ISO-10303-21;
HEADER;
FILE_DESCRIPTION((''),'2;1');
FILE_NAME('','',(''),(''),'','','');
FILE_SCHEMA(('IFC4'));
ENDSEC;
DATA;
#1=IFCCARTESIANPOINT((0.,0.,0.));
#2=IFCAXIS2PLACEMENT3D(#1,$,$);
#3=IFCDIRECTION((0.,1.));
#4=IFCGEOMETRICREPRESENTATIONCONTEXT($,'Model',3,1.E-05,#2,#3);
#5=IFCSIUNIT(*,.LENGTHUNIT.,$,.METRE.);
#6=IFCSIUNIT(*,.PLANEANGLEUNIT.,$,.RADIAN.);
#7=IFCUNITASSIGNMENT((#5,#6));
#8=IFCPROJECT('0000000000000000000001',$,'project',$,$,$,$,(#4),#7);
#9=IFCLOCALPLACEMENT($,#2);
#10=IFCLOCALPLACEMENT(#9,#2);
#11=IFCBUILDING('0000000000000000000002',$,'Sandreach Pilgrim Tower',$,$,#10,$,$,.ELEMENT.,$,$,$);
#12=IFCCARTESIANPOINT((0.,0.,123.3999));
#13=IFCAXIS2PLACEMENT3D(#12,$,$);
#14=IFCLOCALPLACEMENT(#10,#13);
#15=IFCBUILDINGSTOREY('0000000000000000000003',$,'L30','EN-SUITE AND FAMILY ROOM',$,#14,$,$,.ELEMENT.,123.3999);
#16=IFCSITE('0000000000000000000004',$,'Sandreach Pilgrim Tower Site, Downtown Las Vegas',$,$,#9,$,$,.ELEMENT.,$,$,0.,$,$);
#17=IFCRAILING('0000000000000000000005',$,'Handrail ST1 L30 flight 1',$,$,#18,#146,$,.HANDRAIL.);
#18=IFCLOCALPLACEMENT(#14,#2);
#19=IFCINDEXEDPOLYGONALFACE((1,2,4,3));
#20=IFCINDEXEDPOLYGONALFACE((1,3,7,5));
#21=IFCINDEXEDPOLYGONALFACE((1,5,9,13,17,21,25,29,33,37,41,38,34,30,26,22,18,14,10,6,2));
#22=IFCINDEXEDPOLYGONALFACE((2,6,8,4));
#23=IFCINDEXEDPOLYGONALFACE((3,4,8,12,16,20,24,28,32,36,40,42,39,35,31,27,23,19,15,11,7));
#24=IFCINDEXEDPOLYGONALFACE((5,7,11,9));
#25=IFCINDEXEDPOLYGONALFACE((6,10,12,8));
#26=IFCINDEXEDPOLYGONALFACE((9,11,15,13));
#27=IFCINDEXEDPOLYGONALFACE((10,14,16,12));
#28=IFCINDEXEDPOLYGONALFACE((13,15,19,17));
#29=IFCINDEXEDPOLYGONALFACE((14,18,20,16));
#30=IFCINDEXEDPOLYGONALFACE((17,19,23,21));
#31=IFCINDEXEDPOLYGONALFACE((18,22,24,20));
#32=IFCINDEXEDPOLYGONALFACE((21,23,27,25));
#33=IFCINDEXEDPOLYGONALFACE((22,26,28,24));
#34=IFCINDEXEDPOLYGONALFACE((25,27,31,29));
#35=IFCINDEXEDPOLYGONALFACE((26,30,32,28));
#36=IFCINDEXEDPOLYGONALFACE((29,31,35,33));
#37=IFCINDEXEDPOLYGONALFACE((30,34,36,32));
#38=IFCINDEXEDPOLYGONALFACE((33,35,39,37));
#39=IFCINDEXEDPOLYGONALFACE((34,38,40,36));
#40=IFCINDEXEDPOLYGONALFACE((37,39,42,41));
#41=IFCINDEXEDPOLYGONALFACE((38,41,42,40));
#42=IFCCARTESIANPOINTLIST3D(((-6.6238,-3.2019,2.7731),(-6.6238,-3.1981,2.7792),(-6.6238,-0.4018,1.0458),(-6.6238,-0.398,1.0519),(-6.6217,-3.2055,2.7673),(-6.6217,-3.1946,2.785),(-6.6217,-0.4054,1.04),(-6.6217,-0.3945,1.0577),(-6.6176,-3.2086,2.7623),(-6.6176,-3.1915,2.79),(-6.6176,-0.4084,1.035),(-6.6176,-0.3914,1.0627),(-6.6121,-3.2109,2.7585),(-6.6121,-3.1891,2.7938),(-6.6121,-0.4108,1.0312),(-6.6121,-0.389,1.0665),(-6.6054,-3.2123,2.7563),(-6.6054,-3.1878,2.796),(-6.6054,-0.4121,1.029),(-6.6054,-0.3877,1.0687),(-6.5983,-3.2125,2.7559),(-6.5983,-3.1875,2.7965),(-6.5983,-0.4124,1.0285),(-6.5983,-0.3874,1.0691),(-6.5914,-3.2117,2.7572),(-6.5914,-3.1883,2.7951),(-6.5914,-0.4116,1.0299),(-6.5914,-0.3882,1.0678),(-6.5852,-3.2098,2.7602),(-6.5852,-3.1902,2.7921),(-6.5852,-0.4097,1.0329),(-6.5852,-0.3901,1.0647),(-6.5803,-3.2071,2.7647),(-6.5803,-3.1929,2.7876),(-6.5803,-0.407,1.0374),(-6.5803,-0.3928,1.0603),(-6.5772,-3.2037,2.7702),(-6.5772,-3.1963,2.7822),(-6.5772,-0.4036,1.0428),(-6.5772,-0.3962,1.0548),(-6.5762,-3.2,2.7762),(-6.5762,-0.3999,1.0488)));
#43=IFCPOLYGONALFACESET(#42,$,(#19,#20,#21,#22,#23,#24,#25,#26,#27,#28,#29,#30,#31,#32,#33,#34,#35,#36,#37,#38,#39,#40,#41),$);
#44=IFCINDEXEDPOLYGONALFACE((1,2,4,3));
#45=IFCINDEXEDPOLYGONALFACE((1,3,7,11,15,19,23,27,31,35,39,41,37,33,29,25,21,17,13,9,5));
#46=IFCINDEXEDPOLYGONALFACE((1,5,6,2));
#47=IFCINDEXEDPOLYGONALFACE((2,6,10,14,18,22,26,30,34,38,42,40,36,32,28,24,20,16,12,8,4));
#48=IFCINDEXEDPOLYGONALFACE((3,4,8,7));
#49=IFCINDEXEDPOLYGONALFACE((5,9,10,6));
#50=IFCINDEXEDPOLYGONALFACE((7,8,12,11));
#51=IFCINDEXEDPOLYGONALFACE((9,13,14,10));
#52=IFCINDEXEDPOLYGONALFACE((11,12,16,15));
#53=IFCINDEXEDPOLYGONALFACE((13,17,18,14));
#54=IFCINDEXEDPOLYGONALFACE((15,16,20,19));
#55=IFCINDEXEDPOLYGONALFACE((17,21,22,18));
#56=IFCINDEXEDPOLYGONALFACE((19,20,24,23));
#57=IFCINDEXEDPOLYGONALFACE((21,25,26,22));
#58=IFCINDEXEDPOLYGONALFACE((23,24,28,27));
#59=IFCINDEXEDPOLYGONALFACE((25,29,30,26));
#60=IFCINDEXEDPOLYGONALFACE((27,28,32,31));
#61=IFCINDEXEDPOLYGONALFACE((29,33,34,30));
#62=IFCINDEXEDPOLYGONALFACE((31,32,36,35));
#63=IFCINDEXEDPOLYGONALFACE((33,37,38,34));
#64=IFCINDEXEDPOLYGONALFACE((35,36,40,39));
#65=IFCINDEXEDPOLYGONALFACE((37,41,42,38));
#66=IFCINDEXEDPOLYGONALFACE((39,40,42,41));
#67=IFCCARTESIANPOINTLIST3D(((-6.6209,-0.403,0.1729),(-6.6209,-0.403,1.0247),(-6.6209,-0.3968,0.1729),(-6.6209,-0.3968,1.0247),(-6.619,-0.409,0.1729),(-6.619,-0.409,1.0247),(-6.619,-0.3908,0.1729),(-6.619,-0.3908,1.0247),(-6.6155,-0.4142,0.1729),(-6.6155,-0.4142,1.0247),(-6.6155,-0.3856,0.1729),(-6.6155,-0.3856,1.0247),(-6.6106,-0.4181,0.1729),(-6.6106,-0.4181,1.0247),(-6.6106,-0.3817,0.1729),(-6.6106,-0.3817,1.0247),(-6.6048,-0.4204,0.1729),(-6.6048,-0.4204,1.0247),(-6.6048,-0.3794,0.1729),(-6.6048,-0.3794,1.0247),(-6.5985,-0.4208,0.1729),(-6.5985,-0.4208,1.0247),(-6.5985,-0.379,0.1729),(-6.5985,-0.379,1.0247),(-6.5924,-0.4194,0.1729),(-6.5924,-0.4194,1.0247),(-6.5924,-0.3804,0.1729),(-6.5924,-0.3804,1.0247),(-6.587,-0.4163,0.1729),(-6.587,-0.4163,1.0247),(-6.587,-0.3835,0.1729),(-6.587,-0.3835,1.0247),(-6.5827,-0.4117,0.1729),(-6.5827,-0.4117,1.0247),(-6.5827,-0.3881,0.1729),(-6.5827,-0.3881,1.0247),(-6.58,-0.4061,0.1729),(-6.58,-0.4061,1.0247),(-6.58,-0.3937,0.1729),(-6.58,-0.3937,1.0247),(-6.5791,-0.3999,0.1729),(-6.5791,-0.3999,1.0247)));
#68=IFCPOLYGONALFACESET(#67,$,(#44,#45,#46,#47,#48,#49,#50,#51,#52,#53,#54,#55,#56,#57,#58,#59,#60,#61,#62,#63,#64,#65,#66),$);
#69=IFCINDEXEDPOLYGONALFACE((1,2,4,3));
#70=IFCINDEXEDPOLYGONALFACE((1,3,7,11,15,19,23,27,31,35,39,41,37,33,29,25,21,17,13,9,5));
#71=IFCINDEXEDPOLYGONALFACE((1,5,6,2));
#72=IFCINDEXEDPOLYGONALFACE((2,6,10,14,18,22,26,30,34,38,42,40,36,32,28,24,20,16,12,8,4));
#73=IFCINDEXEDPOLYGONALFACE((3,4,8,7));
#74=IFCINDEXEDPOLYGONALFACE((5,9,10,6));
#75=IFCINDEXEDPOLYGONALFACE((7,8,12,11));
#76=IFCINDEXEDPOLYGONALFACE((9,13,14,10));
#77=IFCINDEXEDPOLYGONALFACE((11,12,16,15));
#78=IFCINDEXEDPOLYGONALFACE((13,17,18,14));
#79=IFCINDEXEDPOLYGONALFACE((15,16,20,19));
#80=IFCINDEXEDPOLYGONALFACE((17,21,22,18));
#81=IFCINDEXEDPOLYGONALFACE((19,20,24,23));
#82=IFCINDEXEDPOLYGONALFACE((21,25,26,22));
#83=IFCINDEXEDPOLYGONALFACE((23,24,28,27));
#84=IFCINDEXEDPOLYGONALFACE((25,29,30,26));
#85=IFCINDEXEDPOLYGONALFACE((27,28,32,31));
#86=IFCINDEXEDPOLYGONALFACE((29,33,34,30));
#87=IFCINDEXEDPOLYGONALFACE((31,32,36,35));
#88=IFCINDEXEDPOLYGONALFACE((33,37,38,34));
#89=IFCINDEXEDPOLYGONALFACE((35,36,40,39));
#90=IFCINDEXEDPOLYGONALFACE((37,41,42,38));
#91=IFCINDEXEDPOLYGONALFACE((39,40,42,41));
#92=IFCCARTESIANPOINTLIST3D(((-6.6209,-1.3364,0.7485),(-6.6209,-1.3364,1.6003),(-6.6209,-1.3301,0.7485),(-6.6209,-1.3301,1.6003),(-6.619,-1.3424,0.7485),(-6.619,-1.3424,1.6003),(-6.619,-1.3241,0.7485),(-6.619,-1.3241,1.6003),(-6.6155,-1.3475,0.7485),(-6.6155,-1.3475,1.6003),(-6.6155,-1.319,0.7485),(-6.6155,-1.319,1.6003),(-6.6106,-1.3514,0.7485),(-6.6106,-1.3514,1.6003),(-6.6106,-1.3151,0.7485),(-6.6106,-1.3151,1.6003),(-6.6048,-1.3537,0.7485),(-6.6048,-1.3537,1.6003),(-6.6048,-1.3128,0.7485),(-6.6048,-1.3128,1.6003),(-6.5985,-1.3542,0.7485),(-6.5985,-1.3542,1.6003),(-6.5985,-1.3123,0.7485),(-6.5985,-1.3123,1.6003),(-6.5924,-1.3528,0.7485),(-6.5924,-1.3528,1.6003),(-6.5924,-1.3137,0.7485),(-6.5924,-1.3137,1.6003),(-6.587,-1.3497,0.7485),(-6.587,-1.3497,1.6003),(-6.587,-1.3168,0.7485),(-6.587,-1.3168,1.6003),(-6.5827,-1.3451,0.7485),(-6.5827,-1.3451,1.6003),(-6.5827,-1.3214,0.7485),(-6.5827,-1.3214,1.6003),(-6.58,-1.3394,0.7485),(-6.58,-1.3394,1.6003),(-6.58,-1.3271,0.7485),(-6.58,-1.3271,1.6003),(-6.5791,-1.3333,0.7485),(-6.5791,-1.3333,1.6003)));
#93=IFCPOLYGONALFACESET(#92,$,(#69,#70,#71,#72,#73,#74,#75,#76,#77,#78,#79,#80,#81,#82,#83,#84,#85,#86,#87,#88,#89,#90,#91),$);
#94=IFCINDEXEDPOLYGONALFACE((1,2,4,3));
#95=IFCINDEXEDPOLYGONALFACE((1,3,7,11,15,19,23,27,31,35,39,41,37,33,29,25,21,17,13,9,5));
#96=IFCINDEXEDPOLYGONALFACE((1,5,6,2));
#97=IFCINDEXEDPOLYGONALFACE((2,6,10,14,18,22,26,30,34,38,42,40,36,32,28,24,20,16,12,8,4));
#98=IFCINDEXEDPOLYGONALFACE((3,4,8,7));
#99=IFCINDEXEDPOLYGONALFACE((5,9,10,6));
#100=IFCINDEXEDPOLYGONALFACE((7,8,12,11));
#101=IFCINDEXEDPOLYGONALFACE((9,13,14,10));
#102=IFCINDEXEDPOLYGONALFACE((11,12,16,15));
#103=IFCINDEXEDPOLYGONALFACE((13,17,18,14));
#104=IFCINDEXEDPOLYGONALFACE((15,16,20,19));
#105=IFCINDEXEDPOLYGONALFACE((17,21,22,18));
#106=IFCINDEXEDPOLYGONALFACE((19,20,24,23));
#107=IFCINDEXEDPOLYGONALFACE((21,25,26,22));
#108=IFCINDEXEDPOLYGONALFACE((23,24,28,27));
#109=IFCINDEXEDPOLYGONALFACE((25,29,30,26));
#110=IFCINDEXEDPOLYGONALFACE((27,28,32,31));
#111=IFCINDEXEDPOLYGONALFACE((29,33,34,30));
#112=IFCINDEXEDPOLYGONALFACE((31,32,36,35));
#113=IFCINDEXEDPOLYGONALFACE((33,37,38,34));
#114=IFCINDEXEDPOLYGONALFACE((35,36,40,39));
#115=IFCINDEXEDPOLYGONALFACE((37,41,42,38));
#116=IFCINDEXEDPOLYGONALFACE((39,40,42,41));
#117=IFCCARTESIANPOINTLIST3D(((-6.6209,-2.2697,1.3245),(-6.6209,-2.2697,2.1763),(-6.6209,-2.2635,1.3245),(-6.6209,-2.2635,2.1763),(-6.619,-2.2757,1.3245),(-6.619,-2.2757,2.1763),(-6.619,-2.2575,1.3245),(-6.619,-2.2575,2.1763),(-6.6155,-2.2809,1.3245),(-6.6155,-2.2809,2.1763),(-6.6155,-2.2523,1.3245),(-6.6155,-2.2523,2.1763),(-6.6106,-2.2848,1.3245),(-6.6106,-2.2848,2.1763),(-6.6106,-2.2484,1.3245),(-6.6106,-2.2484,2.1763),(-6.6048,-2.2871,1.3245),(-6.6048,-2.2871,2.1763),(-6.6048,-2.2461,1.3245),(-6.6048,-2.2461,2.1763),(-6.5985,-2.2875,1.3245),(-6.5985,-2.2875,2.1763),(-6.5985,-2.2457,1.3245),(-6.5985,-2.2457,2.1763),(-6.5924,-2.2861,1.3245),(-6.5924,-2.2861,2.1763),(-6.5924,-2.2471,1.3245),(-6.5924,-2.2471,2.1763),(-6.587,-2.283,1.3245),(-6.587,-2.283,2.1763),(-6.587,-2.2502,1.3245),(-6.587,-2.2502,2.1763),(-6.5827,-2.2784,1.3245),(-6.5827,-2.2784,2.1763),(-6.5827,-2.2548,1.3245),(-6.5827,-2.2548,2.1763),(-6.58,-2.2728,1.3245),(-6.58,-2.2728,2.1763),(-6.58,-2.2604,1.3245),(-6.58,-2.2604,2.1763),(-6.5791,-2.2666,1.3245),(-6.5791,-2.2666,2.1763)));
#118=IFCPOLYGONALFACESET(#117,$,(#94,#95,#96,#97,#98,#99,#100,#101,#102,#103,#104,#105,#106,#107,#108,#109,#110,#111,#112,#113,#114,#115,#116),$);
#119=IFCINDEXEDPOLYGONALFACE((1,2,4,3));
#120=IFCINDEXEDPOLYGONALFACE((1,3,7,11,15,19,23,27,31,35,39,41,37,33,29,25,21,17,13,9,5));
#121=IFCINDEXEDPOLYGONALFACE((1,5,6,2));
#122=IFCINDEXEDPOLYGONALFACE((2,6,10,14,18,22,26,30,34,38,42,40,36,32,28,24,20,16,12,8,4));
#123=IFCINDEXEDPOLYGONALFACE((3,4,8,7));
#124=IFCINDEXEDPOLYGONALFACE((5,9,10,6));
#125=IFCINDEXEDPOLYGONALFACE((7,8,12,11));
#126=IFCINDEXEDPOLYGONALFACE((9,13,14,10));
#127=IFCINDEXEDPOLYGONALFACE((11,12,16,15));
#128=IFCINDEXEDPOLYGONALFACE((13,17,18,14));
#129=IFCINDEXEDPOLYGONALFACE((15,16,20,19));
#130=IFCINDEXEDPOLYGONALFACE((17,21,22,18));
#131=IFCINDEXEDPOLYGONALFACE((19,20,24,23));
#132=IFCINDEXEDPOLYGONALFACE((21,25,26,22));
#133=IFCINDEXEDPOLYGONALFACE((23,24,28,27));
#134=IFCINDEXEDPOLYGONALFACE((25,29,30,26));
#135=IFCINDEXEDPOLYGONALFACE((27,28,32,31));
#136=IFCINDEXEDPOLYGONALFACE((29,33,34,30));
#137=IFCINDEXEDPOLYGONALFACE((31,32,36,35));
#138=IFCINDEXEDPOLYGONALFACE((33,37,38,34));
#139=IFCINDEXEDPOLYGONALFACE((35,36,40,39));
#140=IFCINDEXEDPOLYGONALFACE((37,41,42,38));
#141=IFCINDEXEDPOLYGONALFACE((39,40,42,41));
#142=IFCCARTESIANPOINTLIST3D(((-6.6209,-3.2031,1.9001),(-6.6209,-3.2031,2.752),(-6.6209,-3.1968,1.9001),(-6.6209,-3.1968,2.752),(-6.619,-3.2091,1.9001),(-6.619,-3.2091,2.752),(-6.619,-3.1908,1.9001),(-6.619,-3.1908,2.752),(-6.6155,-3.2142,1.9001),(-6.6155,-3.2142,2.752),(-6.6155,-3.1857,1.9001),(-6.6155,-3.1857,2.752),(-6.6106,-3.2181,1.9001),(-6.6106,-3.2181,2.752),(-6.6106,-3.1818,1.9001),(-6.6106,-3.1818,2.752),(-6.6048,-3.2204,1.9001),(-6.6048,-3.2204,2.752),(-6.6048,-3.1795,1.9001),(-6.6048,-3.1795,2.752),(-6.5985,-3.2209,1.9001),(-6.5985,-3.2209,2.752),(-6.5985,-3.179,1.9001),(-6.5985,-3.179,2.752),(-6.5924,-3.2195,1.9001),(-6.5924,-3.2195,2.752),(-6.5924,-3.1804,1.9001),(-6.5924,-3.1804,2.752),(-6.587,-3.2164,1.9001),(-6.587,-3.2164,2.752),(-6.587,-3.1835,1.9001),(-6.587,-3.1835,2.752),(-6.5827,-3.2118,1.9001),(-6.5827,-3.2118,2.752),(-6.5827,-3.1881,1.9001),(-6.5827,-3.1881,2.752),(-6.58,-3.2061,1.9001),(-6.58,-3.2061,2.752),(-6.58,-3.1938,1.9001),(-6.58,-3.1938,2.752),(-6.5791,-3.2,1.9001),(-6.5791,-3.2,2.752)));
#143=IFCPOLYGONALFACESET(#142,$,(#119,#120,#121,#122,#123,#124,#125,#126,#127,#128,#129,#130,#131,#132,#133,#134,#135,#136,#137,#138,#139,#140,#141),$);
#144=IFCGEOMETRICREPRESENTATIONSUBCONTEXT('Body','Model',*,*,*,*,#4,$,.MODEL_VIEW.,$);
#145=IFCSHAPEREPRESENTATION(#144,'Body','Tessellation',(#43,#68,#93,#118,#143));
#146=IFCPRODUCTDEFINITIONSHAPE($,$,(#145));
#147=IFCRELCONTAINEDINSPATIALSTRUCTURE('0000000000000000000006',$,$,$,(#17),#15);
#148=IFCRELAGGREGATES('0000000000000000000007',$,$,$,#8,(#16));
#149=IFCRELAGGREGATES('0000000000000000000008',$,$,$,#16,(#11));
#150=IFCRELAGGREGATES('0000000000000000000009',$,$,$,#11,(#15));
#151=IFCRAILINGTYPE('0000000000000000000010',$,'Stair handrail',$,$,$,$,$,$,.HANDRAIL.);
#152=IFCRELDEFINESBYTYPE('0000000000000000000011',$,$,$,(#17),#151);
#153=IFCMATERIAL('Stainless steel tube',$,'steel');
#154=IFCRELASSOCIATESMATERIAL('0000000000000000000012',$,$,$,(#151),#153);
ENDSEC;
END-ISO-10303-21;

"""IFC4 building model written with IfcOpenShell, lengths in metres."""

from ifc_helpers import new_model, si_unit, direction, frame, origin, origin_2d, place, context, subcontext, project, spatial, circle, extrude, material, type_object, element, save


model = new_model("IFC4")

# Units and contexts
model_context = context("Model", 3, precision=1e-05, world=origin(), true_north=direction((0.0, 1.0)))
body_context = subcontext(model_context, "Body", "Model", "MODEL_VIEW")
ifc_project = project(units=[si_unit("LENGTHUNIT", "METRE"), si_unit("PLANEANGLEUNIT", "RADIAN")], contexts=[model_context])

# Site, building, storey
site_placement = place(None, origin())
site = spatial("IfcSite", under=ifc_project, at=site_placement, Name="Sandreach Pilgrim Tower Site, Downtown Las Vegas", CompositionType="ELEMENT", RefElevation=0.0)
building_placement = place(site_placement, origin())
building = spatial("IfcBuilding", under=site, at=building_placement, Name="Sandreach Pilgrim Tower", CompositionType="ELEMENT")
storey_placement = place(building_placement, frame((0.0, 0.0, 123.3999)))
storey = spatial("IfcBuildingStorey", under=building, at=storey_placement, Name="L30", Description="EN-SUITE AND FAMILY ROOM", CompositionType="ELEMENT", Elevation=123.3999)

# Railing
ifc_material_1 = material(Name="Stainless steel tube", Category="steel")
railing_type = type_object("IfcRailingType", Name="Stair handrail", PredefinedType="HANDRAIL", material=ifc_material_1)
railing_placement = place(storey_placement, frame((-6.6001, -0.3999, 0.1729)))
element("IfcRailing", 1, at=railing_placement, inside=storey, type_object=railing_type, Name="Handrail ST1 L30 flight 1", PredefinedType="HANDRAIL", context=body_context, shape_type="SweptSolid", body=[
    extrude(circle(Radius=0.0239, at=origin_2d()), frame((0.0, 0.0, 0.876), z_axis=(0.0, -0.85109, 0.52502), x_axis=(1.0, 0.0, 0.0)), (0.0, 0.0, 1.0), 3.29),
    extrude(circle(Radius=0.021, at=origin_2d()), origin(), (0.0, 0.0, 1.0), 0.8518),
    extrude(circle(Radius=0.021, at=origin_2d()), frame((0.0, -0.9333, 0.5757)), (0.0, 0.0, 1.0), 0.8518),
    extrude(circle(Radius=0.021, at=origin_2d()), frame((0.0, -1.8667, 1.1516)), (0.0, 0.0, 1.0), 0.8518),
    extrude(circle(Radius=0.021, at=origin_2d()), frame((0.0, -2.8, 1.7273)), (0.0, 0.0, 1.0), 0.8518),
])

save(model, "model.ifc")
